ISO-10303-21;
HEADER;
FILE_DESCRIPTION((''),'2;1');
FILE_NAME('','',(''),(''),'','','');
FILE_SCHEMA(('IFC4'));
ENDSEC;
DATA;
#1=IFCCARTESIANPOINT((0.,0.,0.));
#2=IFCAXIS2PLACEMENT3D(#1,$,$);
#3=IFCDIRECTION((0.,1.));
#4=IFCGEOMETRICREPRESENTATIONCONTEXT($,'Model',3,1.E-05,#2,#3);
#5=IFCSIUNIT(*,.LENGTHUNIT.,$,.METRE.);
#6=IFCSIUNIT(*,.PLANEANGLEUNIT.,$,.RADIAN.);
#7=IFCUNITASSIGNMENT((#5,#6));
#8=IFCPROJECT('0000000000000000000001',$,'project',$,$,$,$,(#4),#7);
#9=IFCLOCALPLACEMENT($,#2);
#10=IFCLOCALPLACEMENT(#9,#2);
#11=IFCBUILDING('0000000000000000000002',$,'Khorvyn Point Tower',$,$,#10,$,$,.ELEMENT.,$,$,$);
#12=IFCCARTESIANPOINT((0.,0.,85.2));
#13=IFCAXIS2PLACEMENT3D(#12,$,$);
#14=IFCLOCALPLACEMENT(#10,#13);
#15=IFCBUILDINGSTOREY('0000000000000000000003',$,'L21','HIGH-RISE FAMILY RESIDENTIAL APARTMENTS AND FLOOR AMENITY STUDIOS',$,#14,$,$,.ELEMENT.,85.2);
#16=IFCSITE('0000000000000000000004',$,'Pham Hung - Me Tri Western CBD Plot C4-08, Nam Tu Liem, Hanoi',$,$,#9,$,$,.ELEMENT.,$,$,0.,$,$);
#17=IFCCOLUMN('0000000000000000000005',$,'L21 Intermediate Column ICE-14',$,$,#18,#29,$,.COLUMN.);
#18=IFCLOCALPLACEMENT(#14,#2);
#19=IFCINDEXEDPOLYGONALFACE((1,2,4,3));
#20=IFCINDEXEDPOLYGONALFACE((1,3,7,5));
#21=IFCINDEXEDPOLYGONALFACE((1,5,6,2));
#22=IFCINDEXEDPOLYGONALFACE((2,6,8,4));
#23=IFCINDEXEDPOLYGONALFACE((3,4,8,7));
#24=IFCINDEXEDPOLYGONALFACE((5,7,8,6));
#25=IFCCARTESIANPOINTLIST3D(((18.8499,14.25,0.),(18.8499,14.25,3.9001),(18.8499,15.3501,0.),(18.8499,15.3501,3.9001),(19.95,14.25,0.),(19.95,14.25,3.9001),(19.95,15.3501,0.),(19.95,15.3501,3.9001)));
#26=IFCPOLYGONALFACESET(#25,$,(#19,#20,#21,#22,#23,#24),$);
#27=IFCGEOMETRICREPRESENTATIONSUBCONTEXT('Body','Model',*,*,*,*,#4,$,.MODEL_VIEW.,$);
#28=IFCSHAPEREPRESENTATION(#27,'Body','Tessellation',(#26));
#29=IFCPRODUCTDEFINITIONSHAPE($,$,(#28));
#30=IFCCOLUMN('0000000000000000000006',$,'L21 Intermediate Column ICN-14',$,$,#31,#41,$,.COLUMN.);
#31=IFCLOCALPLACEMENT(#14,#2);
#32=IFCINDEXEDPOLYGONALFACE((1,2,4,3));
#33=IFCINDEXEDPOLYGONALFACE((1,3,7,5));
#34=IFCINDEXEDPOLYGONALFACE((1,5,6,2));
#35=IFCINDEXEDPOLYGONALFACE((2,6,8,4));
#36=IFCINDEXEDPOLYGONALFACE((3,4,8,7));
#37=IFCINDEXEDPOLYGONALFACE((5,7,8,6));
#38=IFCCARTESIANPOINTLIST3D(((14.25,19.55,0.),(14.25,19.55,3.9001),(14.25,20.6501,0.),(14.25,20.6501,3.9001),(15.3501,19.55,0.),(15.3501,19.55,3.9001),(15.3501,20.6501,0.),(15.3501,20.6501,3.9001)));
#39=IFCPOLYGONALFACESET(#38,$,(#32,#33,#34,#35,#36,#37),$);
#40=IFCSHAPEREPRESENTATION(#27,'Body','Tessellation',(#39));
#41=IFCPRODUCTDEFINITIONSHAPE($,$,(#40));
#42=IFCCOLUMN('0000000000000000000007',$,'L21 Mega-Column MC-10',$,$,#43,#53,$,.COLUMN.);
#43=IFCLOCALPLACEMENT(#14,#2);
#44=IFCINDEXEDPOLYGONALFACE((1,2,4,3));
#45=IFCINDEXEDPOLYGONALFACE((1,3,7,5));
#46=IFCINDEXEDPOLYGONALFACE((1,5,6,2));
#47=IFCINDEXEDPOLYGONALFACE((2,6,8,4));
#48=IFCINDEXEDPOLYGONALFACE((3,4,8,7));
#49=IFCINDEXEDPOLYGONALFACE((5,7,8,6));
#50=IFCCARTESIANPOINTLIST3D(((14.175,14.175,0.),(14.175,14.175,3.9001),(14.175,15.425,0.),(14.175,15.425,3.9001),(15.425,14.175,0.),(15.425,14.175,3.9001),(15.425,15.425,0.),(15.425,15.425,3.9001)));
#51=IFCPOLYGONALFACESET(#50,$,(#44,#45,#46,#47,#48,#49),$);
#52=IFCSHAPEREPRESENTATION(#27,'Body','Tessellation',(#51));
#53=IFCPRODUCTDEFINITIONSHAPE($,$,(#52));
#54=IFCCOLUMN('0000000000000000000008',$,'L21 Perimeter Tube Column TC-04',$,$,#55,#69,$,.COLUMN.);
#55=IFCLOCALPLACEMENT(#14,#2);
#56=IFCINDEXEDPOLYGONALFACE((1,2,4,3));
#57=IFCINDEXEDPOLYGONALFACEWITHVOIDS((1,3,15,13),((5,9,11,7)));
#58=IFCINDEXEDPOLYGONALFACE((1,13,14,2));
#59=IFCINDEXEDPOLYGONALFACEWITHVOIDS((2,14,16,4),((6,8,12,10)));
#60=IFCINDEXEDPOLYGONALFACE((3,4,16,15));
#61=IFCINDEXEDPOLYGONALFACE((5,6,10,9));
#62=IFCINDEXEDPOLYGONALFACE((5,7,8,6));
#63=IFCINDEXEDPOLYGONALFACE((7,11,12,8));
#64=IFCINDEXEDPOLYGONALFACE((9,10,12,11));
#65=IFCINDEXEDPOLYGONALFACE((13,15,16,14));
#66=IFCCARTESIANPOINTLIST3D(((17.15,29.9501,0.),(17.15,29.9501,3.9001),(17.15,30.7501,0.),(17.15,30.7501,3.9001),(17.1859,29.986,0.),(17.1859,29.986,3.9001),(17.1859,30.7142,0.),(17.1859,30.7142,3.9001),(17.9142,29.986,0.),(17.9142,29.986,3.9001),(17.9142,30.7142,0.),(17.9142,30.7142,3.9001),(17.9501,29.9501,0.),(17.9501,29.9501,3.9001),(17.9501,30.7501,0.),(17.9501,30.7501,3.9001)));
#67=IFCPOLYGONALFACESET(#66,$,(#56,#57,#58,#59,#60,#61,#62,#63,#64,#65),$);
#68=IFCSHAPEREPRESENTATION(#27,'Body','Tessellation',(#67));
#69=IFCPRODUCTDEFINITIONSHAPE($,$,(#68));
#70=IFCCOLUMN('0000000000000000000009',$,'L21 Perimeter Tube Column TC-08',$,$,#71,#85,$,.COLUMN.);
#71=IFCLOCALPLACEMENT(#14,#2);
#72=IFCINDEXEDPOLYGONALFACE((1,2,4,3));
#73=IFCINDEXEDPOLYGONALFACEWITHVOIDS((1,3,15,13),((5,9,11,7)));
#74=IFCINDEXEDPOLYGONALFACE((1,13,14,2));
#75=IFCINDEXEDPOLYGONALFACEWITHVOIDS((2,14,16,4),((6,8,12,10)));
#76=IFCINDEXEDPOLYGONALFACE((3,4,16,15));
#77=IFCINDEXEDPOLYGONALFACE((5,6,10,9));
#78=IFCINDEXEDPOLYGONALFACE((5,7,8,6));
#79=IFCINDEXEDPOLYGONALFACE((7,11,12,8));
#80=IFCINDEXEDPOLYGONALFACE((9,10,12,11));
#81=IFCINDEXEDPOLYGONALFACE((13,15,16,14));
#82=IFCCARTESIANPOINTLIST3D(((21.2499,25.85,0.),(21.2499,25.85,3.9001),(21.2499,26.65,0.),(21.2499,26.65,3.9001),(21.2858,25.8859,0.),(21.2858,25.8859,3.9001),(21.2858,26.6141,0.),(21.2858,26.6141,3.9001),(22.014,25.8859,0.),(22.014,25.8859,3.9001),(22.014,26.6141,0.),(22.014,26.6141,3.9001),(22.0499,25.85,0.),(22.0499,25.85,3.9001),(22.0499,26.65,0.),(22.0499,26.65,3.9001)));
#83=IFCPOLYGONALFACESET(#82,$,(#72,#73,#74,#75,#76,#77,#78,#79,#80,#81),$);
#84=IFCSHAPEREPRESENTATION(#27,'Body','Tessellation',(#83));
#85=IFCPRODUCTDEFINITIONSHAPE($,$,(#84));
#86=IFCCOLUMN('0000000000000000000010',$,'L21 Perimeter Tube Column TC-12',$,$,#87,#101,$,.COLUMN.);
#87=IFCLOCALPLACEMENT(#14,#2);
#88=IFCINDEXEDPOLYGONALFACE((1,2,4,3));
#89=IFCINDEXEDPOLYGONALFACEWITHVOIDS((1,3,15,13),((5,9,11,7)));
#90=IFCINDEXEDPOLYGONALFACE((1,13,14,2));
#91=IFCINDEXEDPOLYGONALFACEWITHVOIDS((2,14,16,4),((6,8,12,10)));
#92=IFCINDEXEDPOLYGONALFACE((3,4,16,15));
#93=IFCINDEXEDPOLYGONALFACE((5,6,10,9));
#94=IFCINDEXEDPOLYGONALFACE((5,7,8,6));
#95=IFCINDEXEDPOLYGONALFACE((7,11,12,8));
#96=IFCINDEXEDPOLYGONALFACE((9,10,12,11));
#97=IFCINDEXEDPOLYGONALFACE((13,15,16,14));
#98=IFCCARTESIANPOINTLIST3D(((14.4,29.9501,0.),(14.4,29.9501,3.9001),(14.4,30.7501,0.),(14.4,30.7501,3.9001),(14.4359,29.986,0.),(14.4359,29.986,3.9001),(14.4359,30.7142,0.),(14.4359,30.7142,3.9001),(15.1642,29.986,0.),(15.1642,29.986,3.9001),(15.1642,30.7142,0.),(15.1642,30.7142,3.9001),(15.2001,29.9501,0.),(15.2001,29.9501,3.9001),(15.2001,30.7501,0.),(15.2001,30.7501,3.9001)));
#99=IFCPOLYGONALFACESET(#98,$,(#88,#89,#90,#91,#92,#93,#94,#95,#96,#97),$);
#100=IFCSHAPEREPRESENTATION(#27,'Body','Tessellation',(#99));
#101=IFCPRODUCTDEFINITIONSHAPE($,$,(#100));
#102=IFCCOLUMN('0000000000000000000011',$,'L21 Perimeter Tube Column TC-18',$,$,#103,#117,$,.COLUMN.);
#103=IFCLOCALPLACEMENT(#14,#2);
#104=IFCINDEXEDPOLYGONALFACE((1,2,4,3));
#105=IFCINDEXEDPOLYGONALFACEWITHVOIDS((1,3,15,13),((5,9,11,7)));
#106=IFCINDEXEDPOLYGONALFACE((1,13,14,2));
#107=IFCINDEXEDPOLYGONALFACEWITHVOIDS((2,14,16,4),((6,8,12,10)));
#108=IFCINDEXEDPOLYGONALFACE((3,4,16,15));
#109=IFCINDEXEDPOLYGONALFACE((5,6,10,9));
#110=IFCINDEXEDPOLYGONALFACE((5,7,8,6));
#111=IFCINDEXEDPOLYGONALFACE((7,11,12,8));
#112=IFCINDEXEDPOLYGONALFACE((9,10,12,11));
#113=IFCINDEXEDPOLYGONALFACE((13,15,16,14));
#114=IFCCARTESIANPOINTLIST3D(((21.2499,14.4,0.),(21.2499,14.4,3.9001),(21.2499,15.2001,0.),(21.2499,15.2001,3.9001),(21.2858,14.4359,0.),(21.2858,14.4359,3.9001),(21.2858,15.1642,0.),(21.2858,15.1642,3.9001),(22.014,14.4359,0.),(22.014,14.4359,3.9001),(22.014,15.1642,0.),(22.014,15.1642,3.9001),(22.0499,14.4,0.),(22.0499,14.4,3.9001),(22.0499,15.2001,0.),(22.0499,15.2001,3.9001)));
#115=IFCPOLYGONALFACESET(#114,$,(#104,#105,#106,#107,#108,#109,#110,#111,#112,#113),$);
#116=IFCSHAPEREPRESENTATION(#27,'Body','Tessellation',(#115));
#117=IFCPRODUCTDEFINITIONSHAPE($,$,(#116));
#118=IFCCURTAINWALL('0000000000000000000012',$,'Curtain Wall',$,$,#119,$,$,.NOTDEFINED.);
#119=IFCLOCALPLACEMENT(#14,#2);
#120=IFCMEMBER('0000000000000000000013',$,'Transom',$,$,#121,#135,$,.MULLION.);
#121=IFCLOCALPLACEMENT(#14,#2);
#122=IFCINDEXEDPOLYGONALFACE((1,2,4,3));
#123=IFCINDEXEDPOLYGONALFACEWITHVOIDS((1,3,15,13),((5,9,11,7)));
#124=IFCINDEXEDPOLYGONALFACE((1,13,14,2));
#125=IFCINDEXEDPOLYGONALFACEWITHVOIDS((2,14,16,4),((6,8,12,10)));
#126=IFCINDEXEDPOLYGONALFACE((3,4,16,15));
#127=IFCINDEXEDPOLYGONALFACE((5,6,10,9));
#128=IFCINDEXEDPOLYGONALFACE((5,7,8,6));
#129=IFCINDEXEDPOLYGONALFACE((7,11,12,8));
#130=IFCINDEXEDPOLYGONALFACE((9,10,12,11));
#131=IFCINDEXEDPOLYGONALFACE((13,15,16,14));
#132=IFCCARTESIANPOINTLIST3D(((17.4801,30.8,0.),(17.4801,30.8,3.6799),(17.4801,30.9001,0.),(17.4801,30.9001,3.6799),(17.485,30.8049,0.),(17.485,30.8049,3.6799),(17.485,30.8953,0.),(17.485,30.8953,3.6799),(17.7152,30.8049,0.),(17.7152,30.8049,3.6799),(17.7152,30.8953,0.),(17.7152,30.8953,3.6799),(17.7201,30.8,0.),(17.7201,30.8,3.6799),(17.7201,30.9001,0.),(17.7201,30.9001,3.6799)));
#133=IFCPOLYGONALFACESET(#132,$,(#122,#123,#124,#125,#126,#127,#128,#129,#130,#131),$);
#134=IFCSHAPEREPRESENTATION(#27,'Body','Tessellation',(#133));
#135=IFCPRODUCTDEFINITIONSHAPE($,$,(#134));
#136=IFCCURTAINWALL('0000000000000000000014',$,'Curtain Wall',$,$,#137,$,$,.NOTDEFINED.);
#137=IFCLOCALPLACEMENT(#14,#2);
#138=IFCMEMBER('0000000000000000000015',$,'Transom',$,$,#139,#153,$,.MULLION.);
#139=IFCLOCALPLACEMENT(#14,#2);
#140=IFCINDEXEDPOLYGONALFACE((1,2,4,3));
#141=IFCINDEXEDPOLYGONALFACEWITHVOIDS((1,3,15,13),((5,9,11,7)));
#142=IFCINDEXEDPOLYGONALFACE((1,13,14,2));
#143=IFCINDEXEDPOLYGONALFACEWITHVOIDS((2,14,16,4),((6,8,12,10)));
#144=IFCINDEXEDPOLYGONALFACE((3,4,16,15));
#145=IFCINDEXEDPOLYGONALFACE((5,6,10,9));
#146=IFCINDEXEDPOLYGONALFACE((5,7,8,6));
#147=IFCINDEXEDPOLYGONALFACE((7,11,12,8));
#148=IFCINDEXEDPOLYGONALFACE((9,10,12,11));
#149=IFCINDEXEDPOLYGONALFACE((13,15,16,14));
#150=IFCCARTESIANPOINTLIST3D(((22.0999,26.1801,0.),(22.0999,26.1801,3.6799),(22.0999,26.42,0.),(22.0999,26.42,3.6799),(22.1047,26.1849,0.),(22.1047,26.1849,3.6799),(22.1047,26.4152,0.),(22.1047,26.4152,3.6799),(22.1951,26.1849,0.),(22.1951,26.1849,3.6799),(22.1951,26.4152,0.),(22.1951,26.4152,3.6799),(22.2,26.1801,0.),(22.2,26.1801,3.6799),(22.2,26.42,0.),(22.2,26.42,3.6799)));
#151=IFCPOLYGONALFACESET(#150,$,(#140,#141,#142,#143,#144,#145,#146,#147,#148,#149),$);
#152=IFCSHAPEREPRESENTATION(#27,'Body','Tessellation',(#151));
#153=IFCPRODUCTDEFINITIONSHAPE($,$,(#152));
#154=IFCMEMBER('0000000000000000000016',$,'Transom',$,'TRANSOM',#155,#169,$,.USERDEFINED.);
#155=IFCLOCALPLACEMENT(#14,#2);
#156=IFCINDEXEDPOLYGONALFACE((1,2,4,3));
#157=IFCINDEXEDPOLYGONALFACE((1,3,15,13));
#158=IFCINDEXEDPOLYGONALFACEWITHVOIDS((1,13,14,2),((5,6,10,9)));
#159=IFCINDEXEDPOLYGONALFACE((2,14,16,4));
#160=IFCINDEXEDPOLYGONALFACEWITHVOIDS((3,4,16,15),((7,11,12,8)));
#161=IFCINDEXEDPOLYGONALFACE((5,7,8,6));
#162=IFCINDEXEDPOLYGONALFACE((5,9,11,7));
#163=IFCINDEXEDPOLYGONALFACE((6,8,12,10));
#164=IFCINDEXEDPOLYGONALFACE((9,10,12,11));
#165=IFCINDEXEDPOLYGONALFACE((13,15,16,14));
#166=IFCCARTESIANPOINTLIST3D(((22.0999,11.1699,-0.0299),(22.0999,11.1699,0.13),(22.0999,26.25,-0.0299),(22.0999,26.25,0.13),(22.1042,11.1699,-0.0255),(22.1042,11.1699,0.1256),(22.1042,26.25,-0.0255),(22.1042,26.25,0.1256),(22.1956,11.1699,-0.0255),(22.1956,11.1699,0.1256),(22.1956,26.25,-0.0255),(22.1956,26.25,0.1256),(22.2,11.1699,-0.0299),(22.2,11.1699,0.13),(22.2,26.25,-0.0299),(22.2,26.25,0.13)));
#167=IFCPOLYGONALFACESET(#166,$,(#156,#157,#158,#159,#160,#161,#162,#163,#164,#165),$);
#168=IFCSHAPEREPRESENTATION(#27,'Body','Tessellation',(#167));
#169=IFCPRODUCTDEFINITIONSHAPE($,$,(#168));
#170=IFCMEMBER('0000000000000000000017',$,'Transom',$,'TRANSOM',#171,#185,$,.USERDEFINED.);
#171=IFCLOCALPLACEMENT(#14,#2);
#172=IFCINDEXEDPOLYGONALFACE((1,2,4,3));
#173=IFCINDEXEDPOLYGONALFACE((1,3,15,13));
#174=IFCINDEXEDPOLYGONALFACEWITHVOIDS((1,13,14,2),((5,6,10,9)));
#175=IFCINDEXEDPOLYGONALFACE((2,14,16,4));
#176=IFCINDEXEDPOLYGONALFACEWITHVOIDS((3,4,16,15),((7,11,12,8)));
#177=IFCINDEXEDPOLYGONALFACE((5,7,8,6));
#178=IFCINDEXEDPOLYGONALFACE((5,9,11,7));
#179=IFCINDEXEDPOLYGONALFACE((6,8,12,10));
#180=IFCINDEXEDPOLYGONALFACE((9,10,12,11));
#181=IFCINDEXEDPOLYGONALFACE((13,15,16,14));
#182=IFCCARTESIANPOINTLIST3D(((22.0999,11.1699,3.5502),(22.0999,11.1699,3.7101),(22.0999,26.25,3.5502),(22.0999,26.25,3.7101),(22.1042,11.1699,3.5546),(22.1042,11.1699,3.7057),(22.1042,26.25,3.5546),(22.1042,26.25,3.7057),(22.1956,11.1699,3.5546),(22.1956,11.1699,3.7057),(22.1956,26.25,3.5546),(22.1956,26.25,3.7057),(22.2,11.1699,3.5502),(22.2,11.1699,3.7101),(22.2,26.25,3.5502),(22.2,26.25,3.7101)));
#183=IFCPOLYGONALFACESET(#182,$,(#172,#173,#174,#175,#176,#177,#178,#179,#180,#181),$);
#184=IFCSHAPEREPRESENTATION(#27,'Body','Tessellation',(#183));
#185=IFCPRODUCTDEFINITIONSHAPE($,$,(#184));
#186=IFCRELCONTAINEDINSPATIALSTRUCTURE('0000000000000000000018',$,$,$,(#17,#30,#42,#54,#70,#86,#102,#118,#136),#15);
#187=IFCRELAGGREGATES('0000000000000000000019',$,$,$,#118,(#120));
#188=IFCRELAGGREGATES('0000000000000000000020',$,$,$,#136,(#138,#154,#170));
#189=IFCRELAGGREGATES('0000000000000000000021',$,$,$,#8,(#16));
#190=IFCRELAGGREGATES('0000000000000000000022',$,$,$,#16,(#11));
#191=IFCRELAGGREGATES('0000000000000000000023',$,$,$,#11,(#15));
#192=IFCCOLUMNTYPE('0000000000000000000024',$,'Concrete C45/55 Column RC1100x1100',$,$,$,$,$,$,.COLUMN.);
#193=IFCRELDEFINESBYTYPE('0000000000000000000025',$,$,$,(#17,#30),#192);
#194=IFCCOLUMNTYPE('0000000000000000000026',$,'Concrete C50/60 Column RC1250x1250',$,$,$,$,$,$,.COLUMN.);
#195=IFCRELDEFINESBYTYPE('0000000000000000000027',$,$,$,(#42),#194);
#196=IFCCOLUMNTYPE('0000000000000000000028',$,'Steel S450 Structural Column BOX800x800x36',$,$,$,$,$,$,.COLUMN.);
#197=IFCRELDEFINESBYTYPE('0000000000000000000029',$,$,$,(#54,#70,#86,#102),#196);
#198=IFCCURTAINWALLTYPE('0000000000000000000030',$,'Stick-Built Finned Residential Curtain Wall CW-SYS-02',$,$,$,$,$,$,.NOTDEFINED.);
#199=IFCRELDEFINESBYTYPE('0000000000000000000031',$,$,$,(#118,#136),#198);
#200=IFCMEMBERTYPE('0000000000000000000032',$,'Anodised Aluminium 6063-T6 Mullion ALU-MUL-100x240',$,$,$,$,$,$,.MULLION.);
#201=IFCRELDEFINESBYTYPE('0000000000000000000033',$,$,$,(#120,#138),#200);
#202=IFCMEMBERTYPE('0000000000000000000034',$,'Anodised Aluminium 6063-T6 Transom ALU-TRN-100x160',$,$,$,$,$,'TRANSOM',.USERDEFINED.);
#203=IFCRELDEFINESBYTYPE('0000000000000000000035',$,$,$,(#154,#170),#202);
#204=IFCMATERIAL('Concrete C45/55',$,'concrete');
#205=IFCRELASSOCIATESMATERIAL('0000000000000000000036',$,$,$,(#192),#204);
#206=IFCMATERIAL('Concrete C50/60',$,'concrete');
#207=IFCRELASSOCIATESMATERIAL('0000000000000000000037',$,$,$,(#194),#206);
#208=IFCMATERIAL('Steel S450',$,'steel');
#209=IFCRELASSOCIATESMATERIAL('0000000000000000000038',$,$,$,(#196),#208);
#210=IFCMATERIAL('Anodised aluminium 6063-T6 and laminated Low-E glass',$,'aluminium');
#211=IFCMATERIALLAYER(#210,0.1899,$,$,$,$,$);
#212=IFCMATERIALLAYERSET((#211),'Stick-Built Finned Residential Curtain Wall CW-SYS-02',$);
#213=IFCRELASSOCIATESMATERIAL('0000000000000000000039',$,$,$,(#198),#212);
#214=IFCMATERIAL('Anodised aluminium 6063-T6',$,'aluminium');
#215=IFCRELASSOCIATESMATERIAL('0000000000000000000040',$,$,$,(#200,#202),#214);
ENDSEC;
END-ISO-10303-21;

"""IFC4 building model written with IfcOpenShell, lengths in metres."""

from ifc_helpers import new_model, si_unit, direction, frame, origin, origin_2d, place, context, subcontext, project, spatial, rectangle, hollow_rectangle, extrude, material, layer, layer_set, material_profile, profile_set, type_object, element, aggregate, save


model = new_model("IFC4")

# Units and contexts
model_context = context("Model", 3, precision=1e-05, world=origin(), true_north=direction((0.0, 1.0)))
body_context = subcontext(model_context, "Body", "Model", "MODEL_VIEW")
ifc_project = project(units=[si_unit("LENGTHUNIT", "METRE"), si_unit("PLANEANGLEUNIT", "RADIAN")], contexts=[model_context])

# Site, building, storey
site_placement = place(None, origin())
site = spatial("IfcSite", under=ifc_project, at=site_placement, Name="Pham Hung - Me Tri Western CBD Plot C4-08, Nam Tu Liem, Hanoi", CompositionType="ELEMENT", RefElevation=0.0)
building_placement = place(site_placement, origin())
building = spatial("IfcBuilding", under=site, at=building_placement, Name="Khorvyn Point Tower", CompositionType="ELEMENT")
storey_placement = place(building_placement, frame((0.0, 0.0, 85.2)))
storey = spatial("IfcBuildingStorey", under=building, at=storey_placement, Name="L21", Description="HIGH-RISE FAMILY RESIDENTIAL APARTMENTS AND FLOOR AMENITY STUDIOS", CompositionType="ELEMENT", Elevation=85.2)

# Columns
ifc_material_1 = material(Name="Concrete C45/55", Category="concrete")
ifc_material_profile_1 = material_profile(ifc_material_1, rectangle(XDim=1.1001, YDim=1.1001, at=origin_2d()))
ifc_profile_set_1 = profile_set([ifc_material_profile_1], Name="Concrete C45/55 RC1100x1100")
column_type_1 = type_object("IfcColumnType", Name="Concrete C45/55 Column RC1100x1100", PredefinedType="COLUMN", material=ifc_profile_set_1)
for number, where, z_axis, x_axis, name in (
    (1, (19.3999, 14.8, 0.0), (0.0, 0.0, 1.0), (1.0, 0.0, 0.0), "L21 Intermediate Column ICE-14"),
    (2, (14.8, 20.1001, 0.0), (0.0, 0.0, 1.0), (1.0, 0.0, 0.0), "L21 Intermediate Column ICN-14"),
):
    element("IfcColumn", number, at=place(storey_placement, frame(where, z_axis=z_axis, x_axis=x_axis)), inside=storey, type_object=column_type_1, Name=name, PredefinedType="COLUMN", context=body_context, shape_type="SweptSolid", body=[
        extrude(rectangle(XDim=1.1001, YDim=1.1001, at=origin_2d()), origin(), (0.0, 0.0, 1.0), 3.9001),
    ])
ifc_material_2 = material(Name="Concrete C50/60", Category="concrete")
ifc_material_profile_2 = material_profile(ifc_material_2, rectangle(XDim=1.25, YDim=1.25, at=origin_2d()))
ifc_profile_set_2 = profile_set([ifc_material_profile_2], Name="Concrete C50/60 RC1250x1250")
column_type_2 = type_object("IfcColumnType", Name="Concrete C50/60 Column RC1250x1250", PredefinedType="COLUMN", material=ifc_profile_set_2)
column_placement = place(storey_placement, frame((14.8, 14.8, 0.0), z_axis=(0.0, 0.0, 1.0), x_axis=(1.0, 0.0, 0.0)))
element("IfcColumn", 3, at=column_placement, inside=storey, type_object=column_type_2, Name="L21 Mega-Column MC-10", PredefinedType="COLUMN", context=body_context, shape_type="SweptSolid", body=[
    extrude(rectangle(XDim=1.25, YDim=1.25, at=origin_2d()), origin(), (0.0, 0.0, 1.0), 3.9001),
])
ifc_material_3 = material(Name="Steel S450", Category="steel")
ifc_material_profile_3 = material_profile(ifc_material_3, hollow_rectangle(XDim=0.8, YDim=0.8, WallThickness=0.0359, at=origin_2d()))
ifc_profile_set_3 = profile_set([ifc_material_profile_3], Name="Steel S450 BOX800x800x36")
column_type_3 = type_object("IfcColumnType", Name="Steel S450 Structural Column BOX800x800x36", PredefinedType="COLUMN", material=ifc_profile_set_3)
for number, where, z_axis, x_axis, name in (
    (4, (17.55, 30.3501, 0.0), (0.0, 0.0, 1.0), (1.0, 0.0, 0.0), "L21 Perimeter Tube Column TC-04"),
    (5, (21.6499, 26.25, 0.0), (0.0, 0.0, 1.0), (1.0, 0.0, 0.0), "L21 Perimeter Tube Column TC-08"),
    (6, (14.8, 30.3501, 0.0), (0.0, 0.0, 1.0), (1.0, 0.0, 0.0), "L21 Perimeter Tube Column TC-12"),
    (7, (21.6499, 14.8, 0.0), (0.0, 0.0, 1.0), (1.0, 0.0, 0.0), "L21 Perimeter Tube Column TC-18"),
):
    element("IfcColumn", number, at=place(storey_placement, frame(where, z_axis=z_axis, x_axis=x_axis)), inside=storey, type_object=column_type_3, Name=name, PredefinedType="COLUMN", context=body_context, shape_type="SweptSolid", body=[
        extrude(hollow_rectangle(XDim=0.8, YDim=0.8, WallThickness=0.0359, at=origin_2d()), origin(), (0.0, 0.0, 1.0), 3.9001),
    ])

# Curtain wall, member
ifc_material_4 = material(Name="Anodised aluminium 6063-T6 and laminated Low-E glass", Category="aluminium")
ifc_layer_1 = layer(ifc_material_4, 0.1899)
ifc_layer_set_1 = layer_set([ifc_layer_1], Name="Stick-Built Finned Residential Curtain Wall CW-SYS-02")
curtain_wall_type = type_object("IfcCurtainWallType", Name="Stick-Built Finned Residential Curtain Wall CW-SYS-02", PredefinedType="NOTDEFINED", material=ifc_layer_set_1)
curtain_wall_1_placement = place(storey_placement, origin())
curtain_wall_1 = element("IfcCurtainWall", 8, at=curtain_wall_1_placement, inside=storey, type_object=curtain_wall_type, Name="Curtain Wall", PredefinedType="NOTDEFINED")
ifc_material_5 = material(Name="Anodised aluminium 6063-T6", Category="aluminium")
ifc_material_profile_4 = material_profile(ifc_material_5, hollow_rectangle(XDim=0.1001, YDim=0.24, WallThickness=0.0049, at=origin_2d()))
ifc_profile_set_4 = profile_set([ifc_material_profile_4], Name="Anodised aluminium 6063-T6 ALU-MUL-100x240")
member_type_1 = type_object("IfcMemberType", Name="Anodised Aluminium 6063-T6 Mullion ALU-MUL-100x240", PredefinedType="MULLION", material=ifc_profile_set_4)
member_1_placement = place(storey_placement, frame((17.6001, 30.8501, 0.0), z_axis=(0.0, 0.0, 1.0), x_axis=(0.0, 1.0, 0.0)))
member_1 = element("IfcMember", 9, at=member_1_placement, type_object=member_type_1, Name="Transom", PredefinedType="MULLION", context=body_context, shape_type="SweptSolid", body=[
    extrude(hollow_rectangle(XDim=0.1001, YDim=0.24, WallThickness=0.0049, at=origin_2d()), origin(), (0.0, 0.0, 1.0), 3.6799),
])

# Curtain wall, members
curtain_wall_2_placement = place(storey_placement, origin())
curtain_wall_2 = element("IfcCurtainWall", 10, at=curtain_wall_2_placement, inside=storey, type_object=curtain_wall_type, Name="Curtain Wall", PredefinedType="NOTDEFINED")
member_2_placement = place(storey_placement, frame((22.1499, 26.3, 0.0), z_axis=(0.0, 0.0, 1.0), x_axis=(1.0, 0.0, 0.0)))
member_2 = element("IfcMember", 11, at=member_2_placement, type_object=member_type_1, Name="Transom", PredefinedType="MULLION", context=body_context, shape_type="SweptSolid", body=[
    extrude(hollow_rectangle(XDim=0.1001, YDim=0.24, WallThickness=0.0049, at=origin_2d()), origin(), (0.0, 0.0, 1.0), 3.6799),
])
ifc_material_profile_5 = material_profile(ifc_material_5, hollow_rectangle(XDim=0.1001, YDim=0.1599, WallThickness=0.0044, at=origin_2d()))
ifc_profile_set_5 = profile_set([ifc_material_profile_5], Name="Anodised aluminium 6063-T6 ALU-TRN-100x160")
member_type_2 = type_object("IfcMemberType", Name="Anodised Aluminium 6063-T6 Transom ALU-TRN-100x160", ElementType="TRANSOM", PredefinedType="USERDEFINED", material=ifc_profile_set_5)
member_3_placement = place(storey_placement, frame((22.1499, 26.25, 0.05), z_axis=(0.0, -1.0, 0.0), x_axis=(1.0, 0.0, 0.0)))
member_3 = element("IfcMember", 12, at=member_3_placement, type_object=member_type_2, Name="Transom", ObjectType="TRANSOM", PredefinedType="USERDEFINED", context=body_context, shape_type="SweptSolid", body=[
    extrude(hollow_rectangle(XDim=0.1001, YDim=0.1599, WallThickness=0.0044, at=origin_2d()), origin(), (0.0, 0.0, 1.0), 15.0801),
])
member_4_placement = place(storey_placement, frame((22.1499, 26.25, 3.6301), z_axis=(0.0, -1.0, 0.0), x_axis=(1.0, 0.0, 0.0)))
member_4 = element("IfcMember", 13, at=member_4_placement, type_object=member_type_2, Name="Transom", ObjectType="TRANSOM", PredefinedType="USERDEFINED", context=body_context, shape_type="SweptSolid", body=[
    extrude(hollow_rectangle(XDim=0.1001, YDim=0.1599, WallThickness=0.0044, at=origin_2d()), origin(), (0.0, 0.0, 1.0), 15.0801),
])

aggregate(curtain_wall_1, [member_1])
aggregate(curtain_wall_2, [member_2, member_3, member_4])

save(model, "model.ifc")
